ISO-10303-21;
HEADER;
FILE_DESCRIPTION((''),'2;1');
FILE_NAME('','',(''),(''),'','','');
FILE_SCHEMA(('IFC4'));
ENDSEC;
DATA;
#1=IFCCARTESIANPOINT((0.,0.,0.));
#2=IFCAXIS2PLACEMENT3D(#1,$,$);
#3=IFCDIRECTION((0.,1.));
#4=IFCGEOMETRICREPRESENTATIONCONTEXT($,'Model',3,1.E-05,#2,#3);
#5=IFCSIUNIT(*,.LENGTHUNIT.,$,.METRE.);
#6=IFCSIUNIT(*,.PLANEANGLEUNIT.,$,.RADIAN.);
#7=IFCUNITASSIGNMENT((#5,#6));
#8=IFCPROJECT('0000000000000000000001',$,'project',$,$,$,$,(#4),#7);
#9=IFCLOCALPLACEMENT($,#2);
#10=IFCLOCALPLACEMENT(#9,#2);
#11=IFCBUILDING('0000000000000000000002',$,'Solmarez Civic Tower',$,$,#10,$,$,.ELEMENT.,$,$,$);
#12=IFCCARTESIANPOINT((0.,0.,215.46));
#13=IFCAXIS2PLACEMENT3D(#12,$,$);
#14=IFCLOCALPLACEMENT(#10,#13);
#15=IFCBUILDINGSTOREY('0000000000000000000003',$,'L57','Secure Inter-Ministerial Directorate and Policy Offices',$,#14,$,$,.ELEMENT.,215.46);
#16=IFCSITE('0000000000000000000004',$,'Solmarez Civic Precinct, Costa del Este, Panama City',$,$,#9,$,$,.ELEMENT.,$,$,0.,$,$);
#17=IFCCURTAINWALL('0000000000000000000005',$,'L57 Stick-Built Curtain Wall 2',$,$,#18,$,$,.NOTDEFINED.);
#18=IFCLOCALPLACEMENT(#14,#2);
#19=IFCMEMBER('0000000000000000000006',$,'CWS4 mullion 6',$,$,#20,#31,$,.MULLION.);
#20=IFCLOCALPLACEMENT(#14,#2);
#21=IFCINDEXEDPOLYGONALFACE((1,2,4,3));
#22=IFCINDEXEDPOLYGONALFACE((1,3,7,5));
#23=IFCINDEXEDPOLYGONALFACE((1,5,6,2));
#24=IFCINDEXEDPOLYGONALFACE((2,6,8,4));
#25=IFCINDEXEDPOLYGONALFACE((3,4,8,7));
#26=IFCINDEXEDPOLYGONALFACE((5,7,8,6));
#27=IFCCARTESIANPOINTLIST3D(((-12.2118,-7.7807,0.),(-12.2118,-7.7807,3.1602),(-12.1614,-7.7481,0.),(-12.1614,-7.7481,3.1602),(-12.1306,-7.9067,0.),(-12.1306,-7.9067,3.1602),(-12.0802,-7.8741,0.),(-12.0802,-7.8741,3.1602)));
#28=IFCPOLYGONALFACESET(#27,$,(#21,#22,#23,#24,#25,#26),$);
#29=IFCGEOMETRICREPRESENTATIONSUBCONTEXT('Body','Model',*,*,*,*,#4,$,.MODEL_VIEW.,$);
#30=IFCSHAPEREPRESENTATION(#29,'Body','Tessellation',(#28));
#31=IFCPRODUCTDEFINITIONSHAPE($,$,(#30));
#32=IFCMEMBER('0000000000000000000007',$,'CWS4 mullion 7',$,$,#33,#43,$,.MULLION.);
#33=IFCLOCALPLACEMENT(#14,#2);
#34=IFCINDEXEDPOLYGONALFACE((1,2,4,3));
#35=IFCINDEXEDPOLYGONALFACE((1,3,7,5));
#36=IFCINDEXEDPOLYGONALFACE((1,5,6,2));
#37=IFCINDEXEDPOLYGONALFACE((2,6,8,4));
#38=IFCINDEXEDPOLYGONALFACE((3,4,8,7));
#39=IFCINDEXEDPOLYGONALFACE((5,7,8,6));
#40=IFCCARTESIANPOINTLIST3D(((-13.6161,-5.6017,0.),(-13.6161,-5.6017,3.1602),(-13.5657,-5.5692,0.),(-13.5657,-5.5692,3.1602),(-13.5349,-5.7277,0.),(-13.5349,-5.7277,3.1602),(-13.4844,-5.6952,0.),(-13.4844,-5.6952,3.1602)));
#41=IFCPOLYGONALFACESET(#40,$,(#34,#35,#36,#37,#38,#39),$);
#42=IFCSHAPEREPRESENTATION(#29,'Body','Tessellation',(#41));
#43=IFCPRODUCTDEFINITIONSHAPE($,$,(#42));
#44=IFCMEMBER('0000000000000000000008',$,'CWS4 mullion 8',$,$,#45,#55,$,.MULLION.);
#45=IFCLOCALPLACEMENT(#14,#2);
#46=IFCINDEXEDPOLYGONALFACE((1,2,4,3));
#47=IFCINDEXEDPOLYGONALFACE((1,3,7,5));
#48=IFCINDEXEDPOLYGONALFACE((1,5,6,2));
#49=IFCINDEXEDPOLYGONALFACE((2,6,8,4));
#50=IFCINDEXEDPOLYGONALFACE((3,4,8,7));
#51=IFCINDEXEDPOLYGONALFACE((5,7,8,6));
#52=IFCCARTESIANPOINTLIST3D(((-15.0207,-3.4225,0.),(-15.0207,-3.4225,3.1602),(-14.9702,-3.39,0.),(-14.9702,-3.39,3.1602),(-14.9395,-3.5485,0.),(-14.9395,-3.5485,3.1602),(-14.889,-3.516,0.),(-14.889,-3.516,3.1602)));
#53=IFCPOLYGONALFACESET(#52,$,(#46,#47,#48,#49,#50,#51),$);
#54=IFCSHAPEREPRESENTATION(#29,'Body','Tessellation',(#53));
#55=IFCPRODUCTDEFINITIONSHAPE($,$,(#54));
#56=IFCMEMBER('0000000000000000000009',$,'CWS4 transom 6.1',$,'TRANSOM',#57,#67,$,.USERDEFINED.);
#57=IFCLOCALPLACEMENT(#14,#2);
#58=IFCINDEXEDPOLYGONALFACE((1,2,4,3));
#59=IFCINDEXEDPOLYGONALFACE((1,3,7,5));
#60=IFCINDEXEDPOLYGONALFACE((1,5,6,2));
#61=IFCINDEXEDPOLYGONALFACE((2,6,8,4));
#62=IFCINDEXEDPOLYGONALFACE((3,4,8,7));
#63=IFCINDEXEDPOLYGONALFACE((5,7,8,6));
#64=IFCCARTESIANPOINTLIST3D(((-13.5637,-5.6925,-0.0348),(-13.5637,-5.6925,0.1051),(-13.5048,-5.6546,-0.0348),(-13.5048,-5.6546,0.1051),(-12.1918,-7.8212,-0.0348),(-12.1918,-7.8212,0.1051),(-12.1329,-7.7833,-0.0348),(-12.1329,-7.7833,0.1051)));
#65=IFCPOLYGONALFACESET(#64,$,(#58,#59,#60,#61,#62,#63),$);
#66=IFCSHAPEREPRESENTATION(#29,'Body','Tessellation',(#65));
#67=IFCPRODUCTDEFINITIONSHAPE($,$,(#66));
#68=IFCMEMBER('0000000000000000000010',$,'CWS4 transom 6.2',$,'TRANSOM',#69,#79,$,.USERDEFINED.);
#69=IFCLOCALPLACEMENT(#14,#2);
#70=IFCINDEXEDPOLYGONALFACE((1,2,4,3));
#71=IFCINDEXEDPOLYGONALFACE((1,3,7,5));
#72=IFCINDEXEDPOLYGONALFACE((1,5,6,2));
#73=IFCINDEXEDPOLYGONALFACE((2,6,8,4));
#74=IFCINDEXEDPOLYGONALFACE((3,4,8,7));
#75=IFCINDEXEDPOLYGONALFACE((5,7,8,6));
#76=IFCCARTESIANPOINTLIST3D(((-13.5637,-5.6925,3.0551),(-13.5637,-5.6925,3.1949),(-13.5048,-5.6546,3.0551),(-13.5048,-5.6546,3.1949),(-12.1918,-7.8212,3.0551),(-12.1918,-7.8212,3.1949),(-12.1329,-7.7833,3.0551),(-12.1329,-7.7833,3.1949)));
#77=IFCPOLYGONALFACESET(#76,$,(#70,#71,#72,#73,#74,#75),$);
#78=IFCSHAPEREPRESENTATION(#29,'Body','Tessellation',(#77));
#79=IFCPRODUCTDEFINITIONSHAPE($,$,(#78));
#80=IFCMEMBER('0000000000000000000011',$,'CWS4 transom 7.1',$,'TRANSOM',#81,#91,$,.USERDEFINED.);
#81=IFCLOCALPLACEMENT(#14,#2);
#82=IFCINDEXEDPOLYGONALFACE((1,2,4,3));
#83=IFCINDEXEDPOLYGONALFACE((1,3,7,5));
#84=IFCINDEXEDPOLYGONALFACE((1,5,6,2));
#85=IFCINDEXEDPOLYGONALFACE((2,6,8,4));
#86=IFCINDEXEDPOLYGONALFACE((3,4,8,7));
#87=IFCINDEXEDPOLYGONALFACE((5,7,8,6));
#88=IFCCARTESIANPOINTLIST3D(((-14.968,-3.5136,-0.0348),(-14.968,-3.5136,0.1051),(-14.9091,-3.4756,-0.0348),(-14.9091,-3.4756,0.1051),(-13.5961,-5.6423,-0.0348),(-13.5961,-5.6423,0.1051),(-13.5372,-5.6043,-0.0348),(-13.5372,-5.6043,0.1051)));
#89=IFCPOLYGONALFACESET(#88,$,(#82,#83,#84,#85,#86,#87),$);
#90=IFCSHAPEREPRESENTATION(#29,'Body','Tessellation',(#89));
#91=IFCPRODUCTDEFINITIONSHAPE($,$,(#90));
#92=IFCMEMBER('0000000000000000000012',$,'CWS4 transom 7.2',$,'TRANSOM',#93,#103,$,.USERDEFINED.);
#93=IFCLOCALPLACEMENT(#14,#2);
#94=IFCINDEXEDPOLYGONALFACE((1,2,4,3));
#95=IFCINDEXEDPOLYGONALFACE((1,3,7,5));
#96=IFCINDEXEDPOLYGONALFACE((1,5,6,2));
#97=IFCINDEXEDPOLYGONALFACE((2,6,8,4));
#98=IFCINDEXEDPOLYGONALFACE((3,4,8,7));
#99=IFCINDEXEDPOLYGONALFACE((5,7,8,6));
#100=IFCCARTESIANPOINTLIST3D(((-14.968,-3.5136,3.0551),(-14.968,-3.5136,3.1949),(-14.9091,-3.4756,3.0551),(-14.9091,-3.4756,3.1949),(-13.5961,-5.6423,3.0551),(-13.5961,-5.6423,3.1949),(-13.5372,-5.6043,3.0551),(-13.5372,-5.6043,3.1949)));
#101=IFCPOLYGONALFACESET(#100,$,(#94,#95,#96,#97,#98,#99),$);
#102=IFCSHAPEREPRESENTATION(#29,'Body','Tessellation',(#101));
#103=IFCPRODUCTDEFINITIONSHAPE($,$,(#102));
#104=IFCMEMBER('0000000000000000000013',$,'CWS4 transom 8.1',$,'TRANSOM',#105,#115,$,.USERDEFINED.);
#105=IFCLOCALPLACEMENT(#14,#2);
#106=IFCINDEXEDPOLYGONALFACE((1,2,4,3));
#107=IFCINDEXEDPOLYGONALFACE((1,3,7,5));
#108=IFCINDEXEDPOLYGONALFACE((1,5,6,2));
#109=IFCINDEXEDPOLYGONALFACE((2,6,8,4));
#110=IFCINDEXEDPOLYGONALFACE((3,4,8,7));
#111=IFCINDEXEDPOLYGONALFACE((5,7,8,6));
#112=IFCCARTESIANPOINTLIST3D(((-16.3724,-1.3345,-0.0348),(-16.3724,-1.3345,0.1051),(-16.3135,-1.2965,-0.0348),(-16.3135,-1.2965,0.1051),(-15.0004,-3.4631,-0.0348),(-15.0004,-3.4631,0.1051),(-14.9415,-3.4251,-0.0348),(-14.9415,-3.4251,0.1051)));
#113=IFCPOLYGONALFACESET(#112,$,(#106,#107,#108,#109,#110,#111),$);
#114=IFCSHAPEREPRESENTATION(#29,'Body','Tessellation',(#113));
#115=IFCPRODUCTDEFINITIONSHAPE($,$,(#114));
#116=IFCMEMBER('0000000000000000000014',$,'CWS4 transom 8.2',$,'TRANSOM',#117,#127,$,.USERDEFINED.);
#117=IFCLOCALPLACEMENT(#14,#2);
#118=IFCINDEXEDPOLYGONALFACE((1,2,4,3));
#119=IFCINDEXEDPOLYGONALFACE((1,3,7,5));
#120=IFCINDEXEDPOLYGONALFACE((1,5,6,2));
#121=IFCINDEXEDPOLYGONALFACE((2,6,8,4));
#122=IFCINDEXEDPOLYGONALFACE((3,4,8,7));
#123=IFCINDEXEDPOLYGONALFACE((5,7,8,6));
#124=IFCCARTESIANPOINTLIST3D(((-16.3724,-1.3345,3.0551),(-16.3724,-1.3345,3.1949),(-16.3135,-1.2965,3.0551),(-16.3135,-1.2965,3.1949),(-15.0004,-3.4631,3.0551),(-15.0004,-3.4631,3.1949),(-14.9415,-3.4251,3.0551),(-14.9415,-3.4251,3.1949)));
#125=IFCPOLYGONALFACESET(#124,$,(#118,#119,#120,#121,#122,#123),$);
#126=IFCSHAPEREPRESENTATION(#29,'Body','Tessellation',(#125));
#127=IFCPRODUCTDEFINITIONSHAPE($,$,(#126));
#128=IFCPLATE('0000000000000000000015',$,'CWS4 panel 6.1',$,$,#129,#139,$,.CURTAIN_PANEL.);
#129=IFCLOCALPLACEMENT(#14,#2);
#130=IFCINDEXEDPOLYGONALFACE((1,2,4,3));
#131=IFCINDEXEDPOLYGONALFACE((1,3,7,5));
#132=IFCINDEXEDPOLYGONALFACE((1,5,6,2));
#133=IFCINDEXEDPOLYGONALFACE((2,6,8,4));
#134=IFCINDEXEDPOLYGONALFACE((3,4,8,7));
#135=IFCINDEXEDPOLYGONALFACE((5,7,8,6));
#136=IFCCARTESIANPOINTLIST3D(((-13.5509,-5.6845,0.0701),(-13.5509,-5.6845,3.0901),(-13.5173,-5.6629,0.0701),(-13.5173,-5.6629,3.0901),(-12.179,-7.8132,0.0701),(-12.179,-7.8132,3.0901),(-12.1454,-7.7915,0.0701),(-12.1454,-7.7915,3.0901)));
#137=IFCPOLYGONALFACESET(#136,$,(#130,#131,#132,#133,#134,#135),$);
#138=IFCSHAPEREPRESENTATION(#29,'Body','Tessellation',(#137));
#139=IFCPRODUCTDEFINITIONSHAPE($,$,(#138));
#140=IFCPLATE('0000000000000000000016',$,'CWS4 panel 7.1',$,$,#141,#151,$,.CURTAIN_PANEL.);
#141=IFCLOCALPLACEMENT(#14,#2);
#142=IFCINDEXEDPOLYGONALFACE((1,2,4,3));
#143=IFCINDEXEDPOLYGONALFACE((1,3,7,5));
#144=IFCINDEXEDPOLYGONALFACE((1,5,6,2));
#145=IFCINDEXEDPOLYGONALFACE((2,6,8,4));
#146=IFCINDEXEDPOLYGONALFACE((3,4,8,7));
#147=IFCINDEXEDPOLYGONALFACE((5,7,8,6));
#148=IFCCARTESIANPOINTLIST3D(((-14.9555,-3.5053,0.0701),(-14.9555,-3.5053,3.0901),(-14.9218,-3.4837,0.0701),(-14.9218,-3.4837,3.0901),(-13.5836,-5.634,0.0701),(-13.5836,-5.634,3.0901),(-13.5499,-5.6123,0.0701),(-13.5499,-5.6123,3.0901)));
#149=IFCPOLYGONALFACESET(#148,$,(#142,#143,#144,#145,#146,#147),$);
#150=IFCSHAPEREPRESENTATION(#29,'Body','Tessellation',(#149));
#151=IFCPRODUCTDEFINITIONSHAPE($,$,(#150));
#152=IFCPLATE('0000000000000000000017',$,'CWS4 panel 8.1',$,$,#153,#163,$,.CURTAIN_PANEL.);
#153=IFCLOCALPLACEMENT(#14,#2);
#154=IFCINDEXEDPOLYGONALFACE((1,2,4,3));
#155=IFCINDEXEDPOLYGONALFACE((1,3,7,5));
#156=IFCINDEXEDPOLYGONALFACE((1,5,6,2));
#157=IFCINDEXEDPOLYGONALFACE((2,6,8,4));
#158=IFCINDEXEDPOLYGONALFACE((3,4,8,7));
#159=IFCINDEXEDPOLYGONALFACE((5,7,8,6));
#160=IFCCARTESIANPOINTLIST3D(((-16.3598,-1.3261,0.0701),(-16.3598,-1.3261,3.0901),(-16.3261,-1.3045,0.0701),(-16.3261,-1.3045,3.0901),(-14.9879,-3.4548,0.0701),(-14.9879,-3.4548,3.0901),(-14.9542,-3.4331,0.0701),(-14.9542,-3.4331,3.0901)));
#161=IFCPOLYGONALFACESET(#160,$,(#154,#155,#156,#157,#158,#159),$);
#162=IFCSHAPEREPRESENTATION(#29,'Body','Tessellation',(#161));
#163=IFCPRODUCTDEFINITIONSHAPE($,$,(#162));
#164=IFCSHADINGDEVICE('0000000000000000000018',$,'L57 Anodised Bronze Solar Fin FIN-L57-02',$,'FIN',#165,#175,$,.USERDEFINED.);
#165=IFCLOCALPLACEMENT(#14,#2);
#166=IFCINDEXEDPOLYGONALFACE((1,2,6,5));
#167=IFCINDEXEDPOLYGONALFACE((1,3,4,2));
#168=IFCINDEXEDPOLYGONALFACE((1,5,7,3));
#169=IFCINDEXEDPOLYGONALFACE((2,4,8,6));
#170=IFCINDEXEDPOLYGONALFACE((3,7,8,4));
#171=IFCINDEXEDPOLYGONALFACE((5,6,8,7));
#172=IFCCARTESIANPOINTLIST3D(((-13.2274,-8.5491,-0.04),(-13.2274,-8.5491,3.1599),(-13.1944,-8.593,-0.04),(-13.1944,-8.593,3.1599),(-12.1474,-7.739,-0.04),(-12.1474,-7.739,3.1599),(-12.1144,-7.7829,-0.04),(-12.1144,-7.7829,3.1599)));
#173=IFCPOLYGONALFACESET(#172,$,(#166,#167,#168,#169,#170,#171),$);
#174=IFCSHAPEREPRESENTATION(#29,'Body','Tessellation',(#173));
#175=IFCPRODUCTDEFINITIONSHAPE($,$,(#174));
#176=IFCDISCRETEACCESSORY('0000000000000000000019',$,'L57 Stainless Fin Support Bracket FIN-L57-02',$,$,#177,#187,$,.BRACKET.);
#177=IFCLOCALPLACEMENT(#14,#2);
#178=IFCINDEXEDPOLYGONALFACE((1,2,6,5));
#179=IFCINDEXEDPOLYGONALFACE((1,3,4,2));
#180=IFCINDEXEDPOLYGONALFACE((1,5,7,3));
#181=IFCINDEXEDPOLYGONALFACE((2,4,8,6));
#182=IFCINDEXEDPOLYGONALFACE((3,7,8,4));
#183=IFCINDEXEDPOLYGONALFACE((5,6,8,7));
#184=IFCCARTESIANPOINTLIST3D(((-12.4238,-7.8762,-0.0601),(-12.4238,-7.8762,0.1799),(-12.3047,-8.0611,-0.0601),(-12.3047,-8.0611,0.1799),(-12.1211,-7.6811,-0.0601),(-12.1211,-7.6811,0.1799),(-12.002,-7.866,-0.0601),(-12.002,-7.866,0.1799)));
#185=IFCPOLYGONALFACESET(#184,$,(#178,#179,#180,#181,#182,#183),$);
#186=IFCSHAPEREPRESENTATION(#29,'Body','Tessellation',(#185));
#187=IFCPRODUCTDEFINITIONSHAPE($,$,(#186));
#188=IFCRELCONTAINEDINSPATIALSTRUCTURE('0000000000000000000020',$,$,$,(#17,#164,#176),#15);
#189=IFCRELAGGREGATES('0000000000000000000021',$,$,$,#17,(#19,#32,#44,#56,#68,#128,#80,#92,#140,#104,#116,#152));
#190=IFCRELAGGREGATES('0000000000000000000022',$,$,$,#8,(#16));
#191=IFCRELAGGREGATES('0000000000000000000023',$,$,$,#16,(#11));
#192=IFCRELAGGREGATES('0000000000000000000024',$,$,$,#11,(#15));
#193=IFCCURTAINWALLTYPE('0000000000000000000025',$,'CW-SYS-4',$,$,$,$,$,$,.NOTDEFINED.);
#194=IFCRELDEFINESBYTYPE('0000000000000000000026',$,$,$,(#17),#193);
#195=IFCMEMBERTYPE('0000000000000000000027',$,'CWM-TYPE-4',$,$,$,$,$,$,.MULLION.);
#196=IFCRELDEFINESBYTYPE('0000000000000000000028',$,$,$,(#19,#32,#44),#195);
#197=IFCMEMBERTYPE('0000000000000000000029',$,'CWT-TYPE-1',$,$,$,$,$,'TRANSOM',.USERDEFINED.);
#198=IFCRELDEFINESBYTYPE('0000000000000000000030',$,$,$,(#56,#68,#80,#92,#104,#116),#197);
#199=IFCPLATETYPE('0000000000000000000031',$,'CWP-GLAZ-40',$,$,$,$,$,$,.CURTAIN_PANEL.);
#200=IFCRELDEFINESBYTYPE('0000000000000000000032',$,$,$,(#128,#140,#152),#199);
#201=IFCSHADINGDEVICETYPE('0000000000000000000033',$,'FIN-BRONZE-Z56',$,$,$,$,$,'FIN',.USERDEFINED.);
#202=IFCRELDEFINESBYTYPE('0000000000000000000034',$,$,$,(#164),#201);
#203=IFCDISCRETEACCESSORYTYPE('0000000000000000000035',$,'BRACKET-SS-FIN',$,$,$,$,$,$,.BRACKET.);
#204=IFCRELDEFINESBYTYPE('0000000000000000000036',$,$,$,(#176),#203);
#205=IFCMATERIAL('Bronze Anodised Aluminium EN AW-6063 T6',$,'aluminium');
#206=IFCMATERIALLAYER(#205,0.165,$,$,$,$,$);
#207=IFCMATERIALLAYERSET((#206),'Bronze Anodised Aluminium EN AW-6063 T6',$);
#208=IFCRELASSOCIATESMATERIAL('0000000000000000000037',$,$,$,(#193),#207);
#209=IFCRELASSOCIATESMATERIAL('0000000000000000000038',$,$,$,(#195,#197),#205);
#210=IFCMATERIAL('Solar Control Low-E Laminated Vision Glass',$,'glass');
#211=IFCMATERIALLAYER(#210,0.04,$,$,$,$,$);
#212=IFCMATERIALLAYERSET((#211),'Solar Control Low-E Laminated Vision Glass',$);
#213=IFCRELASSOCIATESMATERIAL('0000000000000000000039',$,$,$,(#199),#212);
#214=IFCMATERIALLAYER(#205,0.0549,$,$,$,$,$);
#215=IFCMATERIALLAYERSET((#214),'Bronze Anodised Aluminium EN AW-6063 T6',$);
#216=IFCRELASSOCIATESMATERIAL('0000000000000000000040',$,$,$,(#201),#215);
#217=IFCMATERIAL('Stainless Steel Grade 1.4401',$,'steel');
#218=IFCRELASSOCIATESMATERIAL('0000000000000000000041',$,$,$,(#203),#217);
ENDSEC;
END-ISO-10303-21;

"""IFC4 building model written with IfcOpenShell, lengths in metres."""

from ifc_helpers import new_model, si_unit, direction, frame, origin, origin_2d, place, context, subcontext, project, spatial, rectangle, extrude, material, layer, layer_set, material_profile, profile_set, type_object, element, aggregate, save


model = new_model("IFC4")

# Units and contexts
model_context = context("Model", 3, precision=1e-05, world=origin(), true_north=direction((0.0, 1.0)))
body_context = subcontext(model_context, "Body", "Model", "MODEL_VIEW")
ifc_project = project(units=[si_unit("LENGTHUNIT", "METRE"), si_unit("PLANEANGLEUNIT", "RADIAN")], contexts=[model_context])

# Site, building, storey
site_placement = place(None, origin())
site = spatial("IfcSite", under=ifc_project, at=site_placement, Name="Solmarez Civic Precinct, Costa del Este, Panama City", CompositionType="ELEMENT", RefElevation=0.0)
building_placement = place(site_placement, origin())
building = spatial("IfcBuilding", under=site, at=building_placement, Name="Solmarez Civic Tower", CompositionType="ELEMENT")
storey_placement = place(building_placement, frame((0.0, 0.0, 215.46)))
storey = spatial("IfcBuildingStorey", under=building, at=storey_placement, Name="L57", Description="Secure Inter-Ministerial Directorate and Policy Offices", CompositionType="ELEMENT", Elevation=215.46)

# Curtain wall, members, plates
ifc_material_1 = material(Name="Bronze Anodised Aluminium EN AW-6063 T6", Category="aluminium")
ifc_layer_1 = layer(ifc_material_1, 0.165)
ifc_layer_set_1 = layer_set([ifc_layer_1], Name="Bronze Anodised Aluminium EN AW-6063 T6")
curtain_wall_type = type_object("IfcCurtainWallType", Name="CW-SYS-4", PredefinedType="NOTDEFINED", material=ifc_layer_set_1)
curtain_wall_placement = place(storey_placement, origin())
curtain_wall = element("IfcCurtainWall", 1, at=curtain_wall_placement, inside=storey, type_object=curtain_wall_type, Name="L57 Stick-Built Curtain Wall 2", PredefinedType="NOTDEFINED")
ifc_material_profile_1 = material_profile(ifc_material_1, rectangle(XDim=0.0601, YDim=0.1499, at=origin_2d()), Name="CWM-60X150")
ifc_profile_set_1 = profile_set([ifc_material_profile_1], Name="Bronze Anodised Aluminium EN AW-6063 T6")
member_type_1 = type_object("IfcMemberType", Name="CWM-TYPE-4", PredefinedType="MULLION", material=ifc_profile_set_1)
member_1_placement = place(storey_placement, frame((-12.146, -7.8274, 0.0), z_axis=(0.0, 0.0, 1.0), x_axis=(-0.840555, -0.541726, 0.0)))
member_1 = element("IfcMember", 2, at=member_1_placement, type_object=member_type_1, Name="CWS4 mullion 6", PredefinedType="MULLION", context=body_context, shape_type="SweptSolid", body=[
    extrude(rectangle(XDim=0.0601, YDim=0.1499, at=origin_2d()), origin(), (0.0, 0.0, 1.0), 3.1602),
])
member_2_placement = place(storey_placement, frame((-13.5503, -5.6484, 0.0), z_axis=(0.0, 0.0, 1.0), x_axis=(-0.840555, -0.541726, 0.0)))
member_2 = element("IfcMember", 3, at=member_2_placement, type_object=member_type_1, Name="CWS4 mullion 7", PredefinedType="MULLION", context=body_context, shape_type="SweptSolid", body=[
    extrude(rectangle(XDim=0.0601, YDim=0.1499, at=origin_2d()), origin(), (0.0, 0.0, 1.0), 3.1602),
])
member_3_placement = place(storey_placement, frame((-14.9548, -3.4692, 0.0), z_axis=(0.0, 0.0, 1.0), x_axis=(-0.840555, -0.541726, 0.0)))
member_3 = element("IfcMember", 4, at=member_3_placement, type_object=member_type_1, Name="CWS4 mullion 8", PredefinedType="MULLION", context=body_context, shape_type="SweptSolid", body=[
    extrude(rectangle(XDim=0.0601, YDim=0.1499, at=origin_2d()), origin(), (0.0, 0.0, 1.0), 3.1602),
])
ifc_material_profile_2 = material_profile(ifc_material_1, rectangle(XDim=0.0701, YDim=0.1399, at=origin_2d()), Name="CWT-70X140")
ifc_profile_set_2 = profile_set([ifc_material_profile_2], Name="Bronze Anodised Aluminium EN AW-6063 T6")
member_type_2 = type_object("IfcMemberType", Name="CWT-TYPE-1", ElementType="TRANSOM", PredefinedType="USERDEFINED", material=ifc_profile_set_2)
member_4_placement = place(storey_placement, frame((-12.1624, -7.8022, 0.0352), z_axis=(-0.541707, 0.840567, 0.0), x_axis=(-0.840567, -0.541707, 0.0)))
member_4 = element("IfcMember", 5, at=member_4_placement, type_object=member_type_2, Name="CWS4 transom 6.1", ObjectType="TRANSOM", PredefinedType="USERDEFINED", context=body_context, shape_type="SweptSolid", body=[
    extrude(rectangle(XDim=0.0701, YDim=0.1399, at=origin_2d()), origin(), (0.0, 0.0, 1.0), 2.5325),
])
member_5_placement = place(storey_placement, frame((-12.1624, -7.8022, 3.125), z_axis=(-0.541707, 0.840567, 0.0), x_axis=(-0.840567, -0.541707, 0.0)))
member_5 = element("IfcMember", 6, at=member_5_placement, type_object=member_type_2, Name="CWS4 transom 6.2", ObjectType="TRANSOM", PredefinedType="USERDEFINED", context=body_context, shape_type="SweptSolid", body=[
    extrude(rectangle(XDim=0.0701, YDim=0.1399, at=origin_2d()), origin(), (0.0, 0.0, 1.0), 2.5325),
])
member_6_placement = place(storey_placement, frame((-13.5667, -5.6233, 0.0352), z_axis=(-0.541707, 0.840567, 0.0), x_axis=(-0.840567, -0.541707, 0.0)))
member_6 = element("IfcMember", 7, at=member_6_placement, type_object=member_type_2, Name="CWS4 transom 7.1", ObjectType="TRANSOM", PredefinedType="USERDEFINED", context=body_context, shape_type="SweptSolid", body=[
    extrude(rectangle(XDim=0.0701, YDim=0.1399, at=origin_2d()), origin(), (0.0, 0.0, 1.0), 2.5325),
])
member_7_placement = place(storey_placement, frame((-13.5667, -5.6233, 3.125), z_axis=(-0.541707, 0.840567, 0.0), x_axis=(-0.840567, -0.541707, 0.0)))
member_7 = element("IfcMember", 8, at=member_7_placement, type_object=member_type_2, Name="CWS4 transom 7.2", ObjectType="TRANSOM", PredefinedType="USERDEFINED", context=body_context, shape_type="SweptSolid", body=[
    extrude(rectangle(XDim=0.0701, YDim=0.1399, at=origin_2d()), origin(), (0.0, 0.0, 1.0), 2.5325),
])
member_8_placement = place(storey_placement, frame((-14.9709, -3.4441, 0.0352), z_axis=(-0.541775, 0.840523, 0.0), x_axis=(-0.840523, -0.541775, 0.0)))
member_8 = element("IfcMember", 9, at=member_8_placement, type_object=member_type_2, Name="CWS4 transom 8.1", ObjectType="TRANSOM", PredefinedType="USERDEFINED", context=body_context, shape_type="SweptSolid", body=[
    extrude(rectangle(XDim=0.0701, YDim=0.1399, at=origin_2d()), origin(), (0.0, 0.0, 1.0), 2.5325),
])
member_9_placement = place(storey_placement, frame((-14.9709, -3.4441, 3.125), z_axis=(-0.541775, 0.840523, 0.0), x_axis=(-0.840523, -0.541775, 0.0)))
member_9 = element("IfcMember", 10, at=member_9_placement, type_object=member_type_2, Name="CWS4 transom 8.2", ObjectType="TRANSOM", PredefinedType="USERDEFINED", context=body_context, shape_type="SweptSolid", body=[
    extrude(rectangle(XDim=0.0701, YDim=0.1399, at=origin_2d()), origin(), (0.0, 0.0, 1.0), 2.5325),
])
ifc_material_2 = material(Name="Solar Control Low-E Laminated Vision Glass", Category="glass")
ifc_layer_2 = layer(ifc_material_2, 0.04)
ifc_layer_set_2 = layer_set([ifc_layer_2], Name="Solar Control Low-E Laminated Vision Glass")
plate_type = type_object("IfcPlateType", Name="CWP-GLAZ-40", PredefinedType="CURTAIN_PANEL", material=ifc_layer_set_2)
plate_1_placement = place(storey_placement, frame((-12.8481, -6.738, 0.0701), z_axis=(0.0, 0.0, 1.0), x_axis=(-0.541726, 0.840555, 0.0)))
plate_1 = element("IfcPlate", 11, at=plate_1_placement, type_object=plate_type, Name="CWS4 panel 6.1", PredefinedType="CURTAIN_PANEL", context=body_context, shape_type="SweptSolid", body=[
    extrude(rectangle(XDim=2.5325, YDim=0.04, at=origin_2d()), origin(), (0.0, 0.0, 1.0), 3.02),
])
plate_2_placement = place(storey_placement, frame((-14.2527, -4.5588, 0.0701), z_axis=(0.0, 0.0, 1.0), x_axis=(-0.541726, 0.840555, 0.0)))
plate_2 = element("IfcPlate", 12, at=plate_2_placement, type_object=plate_type, Name="CWS4 panel 7.1", PredefinedType="CURTAIN_PANEL", context=body_context, shape_type="SweptSolid", body=[
    extrude(rectangle(XDim=2.5325, YDim=0.04, at=origin_2d()), origin(), (0.0, 0.0, 1.0), 3.02),
])
plate_3_placement = place(storey_placement, frame((-15.657, -2.3796, 0.0701), z_axis=(0.0, 0.0, 1.0), x_axis=(-0.541726, 0.840555, 0.0)))
plate_3 = element("IfcPlate", 13, at=plate_3_placement, type_object=plate_type, Name="CWS4 panel 8.1", PredefinedType="CURTAIN_PANEL", context=body_context, shape_type="SweptSolid", body=[
    extrude(rectangle(XDim=2.5325, YDim=0.04, at=origin_2d()), origin(), (0.0, 0.0, 1.0), 3.02),
])
aggregate(curtain_wall, [member_1, member_2, member_3, member_4, member_5, plate_1, member_6, member_7, plate_2, member_8, member_9, plate_3])

# Shading device
ifc_layer_3 = layer(ifc_material_1, 0.0549)
ifc_layer_set_3 = layer_set([ifc_layer_3], Name="Bronze Anodised Aluminium EN AW-6063 T6")
shading_device_type = type_object("IfcShadingDeviceType", Name="FIN-BRONZE-Z56", ElementType="FIN", PredefinedType="USERDEFINED", material=ifc_layer_set_3)
shading_device_placement = place(storey_placement, frame((-12.6709, -8.166, -0.04), z_axis=(0.0, 0.0, 1.0), x_axis=(-0.799968, -0.600043, 0.0)))
element("IfcShadingDevice", 14, at=shading_device_placement, inside=storey, type_object=shading_device_type, Name="L57 Anodised Bronze Solar Fin FIN-L57-02", ObjectType="FIN", PredefinedType="USERDEFINED", context=body_context, shape_type="SweptSolid", body=[
    extrude(rectangle(XDim=1.3501, YDim=0.0549, at=origin_2d()), origin(), (0.0, 0.0, 1.0), 3.2),
])

# Discrete accessory
ifc_material_3 = material(Name="Stainless Steel Grade 1.4401", Category="steel")
discrete_accessory_type = type_object("IfcDiscreteAccessoryType", Name="BRACKET-SS-FIN", PredefinedType="BRACKET", material=ifc_material_3)
discrete_accessory_placement = place(storey_placement, frame((-12.2129, -7.8711, -0.0601), z_axis=(0.0, 0.0, 1.0), x_axis=(-0.840571, -0.541701, 0.0)))
element("IfcDiscreteAccessory", 15, at=discrete_accessory_placement, inside=storey, type_object=discrete_accessory_type, Name="L57 Stainless Fin Support Bracket FIN-L57-02", PredefinedType="BRACKET", context=body_context, shape_type="SweptSolid", body=[
    extrude(rectangle(XDim=0.3601, YDim=0.22, at=origin_2d()), origin(), (0.0, 0.0, 1.0), 0.24),
])

save(model, "model.ifc")
